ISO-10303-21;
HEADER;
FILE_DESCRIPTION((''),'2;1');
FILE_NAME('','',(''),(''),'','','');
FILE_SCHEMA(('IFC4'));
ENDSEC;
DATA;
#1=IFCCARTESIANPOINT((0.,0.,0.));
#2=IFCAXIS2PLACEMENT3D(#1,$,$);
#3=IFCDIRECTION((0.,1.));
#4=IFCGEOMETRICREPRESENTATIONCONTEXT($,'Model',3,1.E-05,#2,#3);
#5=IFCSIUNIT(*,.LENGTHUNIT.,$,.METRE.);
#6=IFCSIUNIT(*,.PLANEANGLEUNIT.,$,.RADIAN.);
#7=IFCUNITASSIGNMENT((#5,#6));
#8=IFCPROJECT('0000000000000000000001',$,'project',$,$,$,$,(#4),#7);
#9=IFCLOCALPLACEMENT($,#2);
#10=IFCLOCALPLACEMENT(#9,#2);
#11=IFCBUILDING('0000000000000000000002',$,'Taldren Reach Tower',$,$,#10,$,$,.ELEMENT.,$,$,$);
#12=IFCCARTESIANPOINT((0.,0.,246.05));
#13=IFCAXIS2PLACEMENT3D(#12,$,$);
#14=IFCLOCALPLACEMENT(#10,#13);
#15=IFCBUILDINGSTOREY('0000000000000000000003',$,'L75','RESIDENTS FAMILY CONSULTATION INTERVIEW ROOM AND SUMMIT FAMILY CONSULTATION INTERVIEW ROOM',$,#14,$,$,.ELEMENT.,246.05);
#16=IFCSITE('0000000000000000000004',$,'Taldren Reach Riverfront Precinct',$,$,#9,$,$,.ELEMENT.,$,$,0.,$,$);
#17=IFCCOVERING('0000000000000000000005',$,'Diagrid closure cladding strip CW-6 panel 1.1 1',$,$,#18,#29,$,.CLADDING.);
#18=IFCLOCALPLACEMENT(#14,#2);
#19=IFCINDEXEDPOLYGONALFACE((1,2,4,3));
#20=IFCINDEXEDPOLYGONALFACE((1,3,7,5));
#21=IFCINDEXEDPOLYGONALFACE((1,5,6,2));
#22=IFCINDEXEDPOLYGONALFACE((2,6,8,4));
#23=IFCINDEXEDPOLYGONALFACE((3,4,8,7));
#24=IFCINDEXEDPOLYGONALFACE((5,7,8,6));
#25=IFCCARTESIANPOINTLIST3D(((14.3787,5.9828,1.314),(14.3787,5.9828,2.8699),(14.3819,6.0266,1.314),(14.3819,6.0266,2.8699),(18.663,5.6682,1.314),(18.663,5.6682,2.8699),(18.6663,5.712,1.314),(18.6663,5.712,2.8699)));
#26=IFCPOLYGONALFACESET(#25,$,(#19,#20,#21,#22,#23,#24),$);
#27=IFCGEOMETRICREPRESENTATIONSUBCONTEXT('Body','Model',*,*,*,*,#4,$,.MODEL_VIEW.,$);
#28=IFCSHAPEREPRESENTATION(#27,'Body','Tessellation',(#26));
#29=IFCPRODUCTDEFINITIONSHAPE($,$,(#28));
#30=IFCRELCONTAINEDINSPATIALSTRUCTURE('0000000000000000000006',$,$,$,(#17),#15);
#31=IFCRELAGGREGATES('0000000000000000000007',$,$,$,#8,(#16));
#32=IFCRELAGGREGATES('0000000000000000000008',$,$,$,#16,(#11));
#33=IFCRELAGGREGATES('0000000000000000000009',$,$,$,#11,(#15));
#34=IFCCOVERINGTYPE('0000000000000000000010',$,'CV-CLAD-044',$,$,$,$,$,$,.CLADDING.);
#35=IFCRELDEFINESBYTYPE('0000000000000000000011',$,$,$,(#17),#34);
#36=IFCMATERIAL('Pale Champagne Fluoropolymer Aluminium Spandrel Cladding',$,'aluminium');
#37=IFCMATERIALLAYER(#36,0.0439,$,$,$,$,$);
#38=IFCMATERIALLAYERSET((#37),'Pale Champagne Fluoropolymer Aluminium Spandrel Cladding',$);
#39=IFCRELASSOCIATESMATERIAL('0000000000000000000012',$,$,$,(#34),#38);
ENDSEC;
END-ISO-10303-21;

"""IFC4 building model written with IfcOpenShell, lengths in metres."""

from ifc_helpers import new_model, si_unit, direction, frame, origin, origin_2d, place, context, subcontext, project, spatial, rectangle, extrude, source, transform, mapped, material, layer, layer_set, type_object, element, save


model = new_model("IFC4")

# Units and contexts
model_context = context("Model", 3, precision=1e-05, world=origin(), true_north=direction((0.0, 1.0)))
body_context = subcontext(model_context, "Body", "Model", "MODEL_VIEW")
ifc_project = project(units=[si_unit("LENGTHUNIT", "METRE"), si_unit("PLANEANGLEUNIT", "RADIAN")], contexts=[model_context])

# Site, building, storey
site_placement = place(None, origin())
site = spatial("IfcSite", under=ifc_project, at=site_placement, Name="Taldren Reach Riverfront Precinct", CompositionType="ELEMENT", RefElevation=0.0)
building_placement = place(site_placement, origin())
building = spatial("IfcBuilding", under=site, at=building_placement, Name="Taldren Reach Tower", CompositionType="ELEMENT")
storey_placement = place(building_placement, frame((0.0, 0.0, 246.05)))
storey = spatial("IfcBuildingStorey", under=building, at=storey_placement, Name="L75", Description="RESIDENTS FAMILY CONSULTATION INTERVIEW ROOM AND SUMMIT FAMILY CONSULTATION INTERVIEW ROOM", CompositionType="ELEMENT", Elevation=246.05)

# Covering
ifc_material_1 = material(Name="Pale Champagne Fluoropolymer Aluminium Spandrel Cladding", Category="aluminium")
ifc_layer_1 = layer(ifc_material_1, 0.0439)
ifc_layer_set_1 = layer_set([ifc_layer_1], Name="Pale Champagne Fluoropolymer Aluminium Spandrel Cladding")
covering_type = type_object("IfcCoveringType", Name="CV-CLAD-044", PredefinedType="CLADDING", material=ifc_layer_set_1)
shared_shape_1 = source(origin(), body_context, "Body", "SweptSolid", [
    extrude(rectangle(XDim=4.2959, YDim=0.0439, at=origin_2d()), origin(), (0.0, 0.0, 1.0), 1.5559),
])
covering_placement = place(storey_placement, frame((16.5225, 5.8474, 1.314), z_axis=(0.0, 0.0, 1.0), x_axis=(0.997314, -0.073238, 0.0)))
element("IfcCovering", 1, at=covering_placement, inside=storey, type_object=covering_type, Name="Diagrid closure cladding strip CW-6 panel 1.1 1", PredefinedType="CLADDING", context=body_context, shape_type="MappedRepresentation", body=[
    mapped(shared_shape_1, transform((0.0, 0.0, 0.0), scale=1.0)),
])

save(model, "model.ifc")
